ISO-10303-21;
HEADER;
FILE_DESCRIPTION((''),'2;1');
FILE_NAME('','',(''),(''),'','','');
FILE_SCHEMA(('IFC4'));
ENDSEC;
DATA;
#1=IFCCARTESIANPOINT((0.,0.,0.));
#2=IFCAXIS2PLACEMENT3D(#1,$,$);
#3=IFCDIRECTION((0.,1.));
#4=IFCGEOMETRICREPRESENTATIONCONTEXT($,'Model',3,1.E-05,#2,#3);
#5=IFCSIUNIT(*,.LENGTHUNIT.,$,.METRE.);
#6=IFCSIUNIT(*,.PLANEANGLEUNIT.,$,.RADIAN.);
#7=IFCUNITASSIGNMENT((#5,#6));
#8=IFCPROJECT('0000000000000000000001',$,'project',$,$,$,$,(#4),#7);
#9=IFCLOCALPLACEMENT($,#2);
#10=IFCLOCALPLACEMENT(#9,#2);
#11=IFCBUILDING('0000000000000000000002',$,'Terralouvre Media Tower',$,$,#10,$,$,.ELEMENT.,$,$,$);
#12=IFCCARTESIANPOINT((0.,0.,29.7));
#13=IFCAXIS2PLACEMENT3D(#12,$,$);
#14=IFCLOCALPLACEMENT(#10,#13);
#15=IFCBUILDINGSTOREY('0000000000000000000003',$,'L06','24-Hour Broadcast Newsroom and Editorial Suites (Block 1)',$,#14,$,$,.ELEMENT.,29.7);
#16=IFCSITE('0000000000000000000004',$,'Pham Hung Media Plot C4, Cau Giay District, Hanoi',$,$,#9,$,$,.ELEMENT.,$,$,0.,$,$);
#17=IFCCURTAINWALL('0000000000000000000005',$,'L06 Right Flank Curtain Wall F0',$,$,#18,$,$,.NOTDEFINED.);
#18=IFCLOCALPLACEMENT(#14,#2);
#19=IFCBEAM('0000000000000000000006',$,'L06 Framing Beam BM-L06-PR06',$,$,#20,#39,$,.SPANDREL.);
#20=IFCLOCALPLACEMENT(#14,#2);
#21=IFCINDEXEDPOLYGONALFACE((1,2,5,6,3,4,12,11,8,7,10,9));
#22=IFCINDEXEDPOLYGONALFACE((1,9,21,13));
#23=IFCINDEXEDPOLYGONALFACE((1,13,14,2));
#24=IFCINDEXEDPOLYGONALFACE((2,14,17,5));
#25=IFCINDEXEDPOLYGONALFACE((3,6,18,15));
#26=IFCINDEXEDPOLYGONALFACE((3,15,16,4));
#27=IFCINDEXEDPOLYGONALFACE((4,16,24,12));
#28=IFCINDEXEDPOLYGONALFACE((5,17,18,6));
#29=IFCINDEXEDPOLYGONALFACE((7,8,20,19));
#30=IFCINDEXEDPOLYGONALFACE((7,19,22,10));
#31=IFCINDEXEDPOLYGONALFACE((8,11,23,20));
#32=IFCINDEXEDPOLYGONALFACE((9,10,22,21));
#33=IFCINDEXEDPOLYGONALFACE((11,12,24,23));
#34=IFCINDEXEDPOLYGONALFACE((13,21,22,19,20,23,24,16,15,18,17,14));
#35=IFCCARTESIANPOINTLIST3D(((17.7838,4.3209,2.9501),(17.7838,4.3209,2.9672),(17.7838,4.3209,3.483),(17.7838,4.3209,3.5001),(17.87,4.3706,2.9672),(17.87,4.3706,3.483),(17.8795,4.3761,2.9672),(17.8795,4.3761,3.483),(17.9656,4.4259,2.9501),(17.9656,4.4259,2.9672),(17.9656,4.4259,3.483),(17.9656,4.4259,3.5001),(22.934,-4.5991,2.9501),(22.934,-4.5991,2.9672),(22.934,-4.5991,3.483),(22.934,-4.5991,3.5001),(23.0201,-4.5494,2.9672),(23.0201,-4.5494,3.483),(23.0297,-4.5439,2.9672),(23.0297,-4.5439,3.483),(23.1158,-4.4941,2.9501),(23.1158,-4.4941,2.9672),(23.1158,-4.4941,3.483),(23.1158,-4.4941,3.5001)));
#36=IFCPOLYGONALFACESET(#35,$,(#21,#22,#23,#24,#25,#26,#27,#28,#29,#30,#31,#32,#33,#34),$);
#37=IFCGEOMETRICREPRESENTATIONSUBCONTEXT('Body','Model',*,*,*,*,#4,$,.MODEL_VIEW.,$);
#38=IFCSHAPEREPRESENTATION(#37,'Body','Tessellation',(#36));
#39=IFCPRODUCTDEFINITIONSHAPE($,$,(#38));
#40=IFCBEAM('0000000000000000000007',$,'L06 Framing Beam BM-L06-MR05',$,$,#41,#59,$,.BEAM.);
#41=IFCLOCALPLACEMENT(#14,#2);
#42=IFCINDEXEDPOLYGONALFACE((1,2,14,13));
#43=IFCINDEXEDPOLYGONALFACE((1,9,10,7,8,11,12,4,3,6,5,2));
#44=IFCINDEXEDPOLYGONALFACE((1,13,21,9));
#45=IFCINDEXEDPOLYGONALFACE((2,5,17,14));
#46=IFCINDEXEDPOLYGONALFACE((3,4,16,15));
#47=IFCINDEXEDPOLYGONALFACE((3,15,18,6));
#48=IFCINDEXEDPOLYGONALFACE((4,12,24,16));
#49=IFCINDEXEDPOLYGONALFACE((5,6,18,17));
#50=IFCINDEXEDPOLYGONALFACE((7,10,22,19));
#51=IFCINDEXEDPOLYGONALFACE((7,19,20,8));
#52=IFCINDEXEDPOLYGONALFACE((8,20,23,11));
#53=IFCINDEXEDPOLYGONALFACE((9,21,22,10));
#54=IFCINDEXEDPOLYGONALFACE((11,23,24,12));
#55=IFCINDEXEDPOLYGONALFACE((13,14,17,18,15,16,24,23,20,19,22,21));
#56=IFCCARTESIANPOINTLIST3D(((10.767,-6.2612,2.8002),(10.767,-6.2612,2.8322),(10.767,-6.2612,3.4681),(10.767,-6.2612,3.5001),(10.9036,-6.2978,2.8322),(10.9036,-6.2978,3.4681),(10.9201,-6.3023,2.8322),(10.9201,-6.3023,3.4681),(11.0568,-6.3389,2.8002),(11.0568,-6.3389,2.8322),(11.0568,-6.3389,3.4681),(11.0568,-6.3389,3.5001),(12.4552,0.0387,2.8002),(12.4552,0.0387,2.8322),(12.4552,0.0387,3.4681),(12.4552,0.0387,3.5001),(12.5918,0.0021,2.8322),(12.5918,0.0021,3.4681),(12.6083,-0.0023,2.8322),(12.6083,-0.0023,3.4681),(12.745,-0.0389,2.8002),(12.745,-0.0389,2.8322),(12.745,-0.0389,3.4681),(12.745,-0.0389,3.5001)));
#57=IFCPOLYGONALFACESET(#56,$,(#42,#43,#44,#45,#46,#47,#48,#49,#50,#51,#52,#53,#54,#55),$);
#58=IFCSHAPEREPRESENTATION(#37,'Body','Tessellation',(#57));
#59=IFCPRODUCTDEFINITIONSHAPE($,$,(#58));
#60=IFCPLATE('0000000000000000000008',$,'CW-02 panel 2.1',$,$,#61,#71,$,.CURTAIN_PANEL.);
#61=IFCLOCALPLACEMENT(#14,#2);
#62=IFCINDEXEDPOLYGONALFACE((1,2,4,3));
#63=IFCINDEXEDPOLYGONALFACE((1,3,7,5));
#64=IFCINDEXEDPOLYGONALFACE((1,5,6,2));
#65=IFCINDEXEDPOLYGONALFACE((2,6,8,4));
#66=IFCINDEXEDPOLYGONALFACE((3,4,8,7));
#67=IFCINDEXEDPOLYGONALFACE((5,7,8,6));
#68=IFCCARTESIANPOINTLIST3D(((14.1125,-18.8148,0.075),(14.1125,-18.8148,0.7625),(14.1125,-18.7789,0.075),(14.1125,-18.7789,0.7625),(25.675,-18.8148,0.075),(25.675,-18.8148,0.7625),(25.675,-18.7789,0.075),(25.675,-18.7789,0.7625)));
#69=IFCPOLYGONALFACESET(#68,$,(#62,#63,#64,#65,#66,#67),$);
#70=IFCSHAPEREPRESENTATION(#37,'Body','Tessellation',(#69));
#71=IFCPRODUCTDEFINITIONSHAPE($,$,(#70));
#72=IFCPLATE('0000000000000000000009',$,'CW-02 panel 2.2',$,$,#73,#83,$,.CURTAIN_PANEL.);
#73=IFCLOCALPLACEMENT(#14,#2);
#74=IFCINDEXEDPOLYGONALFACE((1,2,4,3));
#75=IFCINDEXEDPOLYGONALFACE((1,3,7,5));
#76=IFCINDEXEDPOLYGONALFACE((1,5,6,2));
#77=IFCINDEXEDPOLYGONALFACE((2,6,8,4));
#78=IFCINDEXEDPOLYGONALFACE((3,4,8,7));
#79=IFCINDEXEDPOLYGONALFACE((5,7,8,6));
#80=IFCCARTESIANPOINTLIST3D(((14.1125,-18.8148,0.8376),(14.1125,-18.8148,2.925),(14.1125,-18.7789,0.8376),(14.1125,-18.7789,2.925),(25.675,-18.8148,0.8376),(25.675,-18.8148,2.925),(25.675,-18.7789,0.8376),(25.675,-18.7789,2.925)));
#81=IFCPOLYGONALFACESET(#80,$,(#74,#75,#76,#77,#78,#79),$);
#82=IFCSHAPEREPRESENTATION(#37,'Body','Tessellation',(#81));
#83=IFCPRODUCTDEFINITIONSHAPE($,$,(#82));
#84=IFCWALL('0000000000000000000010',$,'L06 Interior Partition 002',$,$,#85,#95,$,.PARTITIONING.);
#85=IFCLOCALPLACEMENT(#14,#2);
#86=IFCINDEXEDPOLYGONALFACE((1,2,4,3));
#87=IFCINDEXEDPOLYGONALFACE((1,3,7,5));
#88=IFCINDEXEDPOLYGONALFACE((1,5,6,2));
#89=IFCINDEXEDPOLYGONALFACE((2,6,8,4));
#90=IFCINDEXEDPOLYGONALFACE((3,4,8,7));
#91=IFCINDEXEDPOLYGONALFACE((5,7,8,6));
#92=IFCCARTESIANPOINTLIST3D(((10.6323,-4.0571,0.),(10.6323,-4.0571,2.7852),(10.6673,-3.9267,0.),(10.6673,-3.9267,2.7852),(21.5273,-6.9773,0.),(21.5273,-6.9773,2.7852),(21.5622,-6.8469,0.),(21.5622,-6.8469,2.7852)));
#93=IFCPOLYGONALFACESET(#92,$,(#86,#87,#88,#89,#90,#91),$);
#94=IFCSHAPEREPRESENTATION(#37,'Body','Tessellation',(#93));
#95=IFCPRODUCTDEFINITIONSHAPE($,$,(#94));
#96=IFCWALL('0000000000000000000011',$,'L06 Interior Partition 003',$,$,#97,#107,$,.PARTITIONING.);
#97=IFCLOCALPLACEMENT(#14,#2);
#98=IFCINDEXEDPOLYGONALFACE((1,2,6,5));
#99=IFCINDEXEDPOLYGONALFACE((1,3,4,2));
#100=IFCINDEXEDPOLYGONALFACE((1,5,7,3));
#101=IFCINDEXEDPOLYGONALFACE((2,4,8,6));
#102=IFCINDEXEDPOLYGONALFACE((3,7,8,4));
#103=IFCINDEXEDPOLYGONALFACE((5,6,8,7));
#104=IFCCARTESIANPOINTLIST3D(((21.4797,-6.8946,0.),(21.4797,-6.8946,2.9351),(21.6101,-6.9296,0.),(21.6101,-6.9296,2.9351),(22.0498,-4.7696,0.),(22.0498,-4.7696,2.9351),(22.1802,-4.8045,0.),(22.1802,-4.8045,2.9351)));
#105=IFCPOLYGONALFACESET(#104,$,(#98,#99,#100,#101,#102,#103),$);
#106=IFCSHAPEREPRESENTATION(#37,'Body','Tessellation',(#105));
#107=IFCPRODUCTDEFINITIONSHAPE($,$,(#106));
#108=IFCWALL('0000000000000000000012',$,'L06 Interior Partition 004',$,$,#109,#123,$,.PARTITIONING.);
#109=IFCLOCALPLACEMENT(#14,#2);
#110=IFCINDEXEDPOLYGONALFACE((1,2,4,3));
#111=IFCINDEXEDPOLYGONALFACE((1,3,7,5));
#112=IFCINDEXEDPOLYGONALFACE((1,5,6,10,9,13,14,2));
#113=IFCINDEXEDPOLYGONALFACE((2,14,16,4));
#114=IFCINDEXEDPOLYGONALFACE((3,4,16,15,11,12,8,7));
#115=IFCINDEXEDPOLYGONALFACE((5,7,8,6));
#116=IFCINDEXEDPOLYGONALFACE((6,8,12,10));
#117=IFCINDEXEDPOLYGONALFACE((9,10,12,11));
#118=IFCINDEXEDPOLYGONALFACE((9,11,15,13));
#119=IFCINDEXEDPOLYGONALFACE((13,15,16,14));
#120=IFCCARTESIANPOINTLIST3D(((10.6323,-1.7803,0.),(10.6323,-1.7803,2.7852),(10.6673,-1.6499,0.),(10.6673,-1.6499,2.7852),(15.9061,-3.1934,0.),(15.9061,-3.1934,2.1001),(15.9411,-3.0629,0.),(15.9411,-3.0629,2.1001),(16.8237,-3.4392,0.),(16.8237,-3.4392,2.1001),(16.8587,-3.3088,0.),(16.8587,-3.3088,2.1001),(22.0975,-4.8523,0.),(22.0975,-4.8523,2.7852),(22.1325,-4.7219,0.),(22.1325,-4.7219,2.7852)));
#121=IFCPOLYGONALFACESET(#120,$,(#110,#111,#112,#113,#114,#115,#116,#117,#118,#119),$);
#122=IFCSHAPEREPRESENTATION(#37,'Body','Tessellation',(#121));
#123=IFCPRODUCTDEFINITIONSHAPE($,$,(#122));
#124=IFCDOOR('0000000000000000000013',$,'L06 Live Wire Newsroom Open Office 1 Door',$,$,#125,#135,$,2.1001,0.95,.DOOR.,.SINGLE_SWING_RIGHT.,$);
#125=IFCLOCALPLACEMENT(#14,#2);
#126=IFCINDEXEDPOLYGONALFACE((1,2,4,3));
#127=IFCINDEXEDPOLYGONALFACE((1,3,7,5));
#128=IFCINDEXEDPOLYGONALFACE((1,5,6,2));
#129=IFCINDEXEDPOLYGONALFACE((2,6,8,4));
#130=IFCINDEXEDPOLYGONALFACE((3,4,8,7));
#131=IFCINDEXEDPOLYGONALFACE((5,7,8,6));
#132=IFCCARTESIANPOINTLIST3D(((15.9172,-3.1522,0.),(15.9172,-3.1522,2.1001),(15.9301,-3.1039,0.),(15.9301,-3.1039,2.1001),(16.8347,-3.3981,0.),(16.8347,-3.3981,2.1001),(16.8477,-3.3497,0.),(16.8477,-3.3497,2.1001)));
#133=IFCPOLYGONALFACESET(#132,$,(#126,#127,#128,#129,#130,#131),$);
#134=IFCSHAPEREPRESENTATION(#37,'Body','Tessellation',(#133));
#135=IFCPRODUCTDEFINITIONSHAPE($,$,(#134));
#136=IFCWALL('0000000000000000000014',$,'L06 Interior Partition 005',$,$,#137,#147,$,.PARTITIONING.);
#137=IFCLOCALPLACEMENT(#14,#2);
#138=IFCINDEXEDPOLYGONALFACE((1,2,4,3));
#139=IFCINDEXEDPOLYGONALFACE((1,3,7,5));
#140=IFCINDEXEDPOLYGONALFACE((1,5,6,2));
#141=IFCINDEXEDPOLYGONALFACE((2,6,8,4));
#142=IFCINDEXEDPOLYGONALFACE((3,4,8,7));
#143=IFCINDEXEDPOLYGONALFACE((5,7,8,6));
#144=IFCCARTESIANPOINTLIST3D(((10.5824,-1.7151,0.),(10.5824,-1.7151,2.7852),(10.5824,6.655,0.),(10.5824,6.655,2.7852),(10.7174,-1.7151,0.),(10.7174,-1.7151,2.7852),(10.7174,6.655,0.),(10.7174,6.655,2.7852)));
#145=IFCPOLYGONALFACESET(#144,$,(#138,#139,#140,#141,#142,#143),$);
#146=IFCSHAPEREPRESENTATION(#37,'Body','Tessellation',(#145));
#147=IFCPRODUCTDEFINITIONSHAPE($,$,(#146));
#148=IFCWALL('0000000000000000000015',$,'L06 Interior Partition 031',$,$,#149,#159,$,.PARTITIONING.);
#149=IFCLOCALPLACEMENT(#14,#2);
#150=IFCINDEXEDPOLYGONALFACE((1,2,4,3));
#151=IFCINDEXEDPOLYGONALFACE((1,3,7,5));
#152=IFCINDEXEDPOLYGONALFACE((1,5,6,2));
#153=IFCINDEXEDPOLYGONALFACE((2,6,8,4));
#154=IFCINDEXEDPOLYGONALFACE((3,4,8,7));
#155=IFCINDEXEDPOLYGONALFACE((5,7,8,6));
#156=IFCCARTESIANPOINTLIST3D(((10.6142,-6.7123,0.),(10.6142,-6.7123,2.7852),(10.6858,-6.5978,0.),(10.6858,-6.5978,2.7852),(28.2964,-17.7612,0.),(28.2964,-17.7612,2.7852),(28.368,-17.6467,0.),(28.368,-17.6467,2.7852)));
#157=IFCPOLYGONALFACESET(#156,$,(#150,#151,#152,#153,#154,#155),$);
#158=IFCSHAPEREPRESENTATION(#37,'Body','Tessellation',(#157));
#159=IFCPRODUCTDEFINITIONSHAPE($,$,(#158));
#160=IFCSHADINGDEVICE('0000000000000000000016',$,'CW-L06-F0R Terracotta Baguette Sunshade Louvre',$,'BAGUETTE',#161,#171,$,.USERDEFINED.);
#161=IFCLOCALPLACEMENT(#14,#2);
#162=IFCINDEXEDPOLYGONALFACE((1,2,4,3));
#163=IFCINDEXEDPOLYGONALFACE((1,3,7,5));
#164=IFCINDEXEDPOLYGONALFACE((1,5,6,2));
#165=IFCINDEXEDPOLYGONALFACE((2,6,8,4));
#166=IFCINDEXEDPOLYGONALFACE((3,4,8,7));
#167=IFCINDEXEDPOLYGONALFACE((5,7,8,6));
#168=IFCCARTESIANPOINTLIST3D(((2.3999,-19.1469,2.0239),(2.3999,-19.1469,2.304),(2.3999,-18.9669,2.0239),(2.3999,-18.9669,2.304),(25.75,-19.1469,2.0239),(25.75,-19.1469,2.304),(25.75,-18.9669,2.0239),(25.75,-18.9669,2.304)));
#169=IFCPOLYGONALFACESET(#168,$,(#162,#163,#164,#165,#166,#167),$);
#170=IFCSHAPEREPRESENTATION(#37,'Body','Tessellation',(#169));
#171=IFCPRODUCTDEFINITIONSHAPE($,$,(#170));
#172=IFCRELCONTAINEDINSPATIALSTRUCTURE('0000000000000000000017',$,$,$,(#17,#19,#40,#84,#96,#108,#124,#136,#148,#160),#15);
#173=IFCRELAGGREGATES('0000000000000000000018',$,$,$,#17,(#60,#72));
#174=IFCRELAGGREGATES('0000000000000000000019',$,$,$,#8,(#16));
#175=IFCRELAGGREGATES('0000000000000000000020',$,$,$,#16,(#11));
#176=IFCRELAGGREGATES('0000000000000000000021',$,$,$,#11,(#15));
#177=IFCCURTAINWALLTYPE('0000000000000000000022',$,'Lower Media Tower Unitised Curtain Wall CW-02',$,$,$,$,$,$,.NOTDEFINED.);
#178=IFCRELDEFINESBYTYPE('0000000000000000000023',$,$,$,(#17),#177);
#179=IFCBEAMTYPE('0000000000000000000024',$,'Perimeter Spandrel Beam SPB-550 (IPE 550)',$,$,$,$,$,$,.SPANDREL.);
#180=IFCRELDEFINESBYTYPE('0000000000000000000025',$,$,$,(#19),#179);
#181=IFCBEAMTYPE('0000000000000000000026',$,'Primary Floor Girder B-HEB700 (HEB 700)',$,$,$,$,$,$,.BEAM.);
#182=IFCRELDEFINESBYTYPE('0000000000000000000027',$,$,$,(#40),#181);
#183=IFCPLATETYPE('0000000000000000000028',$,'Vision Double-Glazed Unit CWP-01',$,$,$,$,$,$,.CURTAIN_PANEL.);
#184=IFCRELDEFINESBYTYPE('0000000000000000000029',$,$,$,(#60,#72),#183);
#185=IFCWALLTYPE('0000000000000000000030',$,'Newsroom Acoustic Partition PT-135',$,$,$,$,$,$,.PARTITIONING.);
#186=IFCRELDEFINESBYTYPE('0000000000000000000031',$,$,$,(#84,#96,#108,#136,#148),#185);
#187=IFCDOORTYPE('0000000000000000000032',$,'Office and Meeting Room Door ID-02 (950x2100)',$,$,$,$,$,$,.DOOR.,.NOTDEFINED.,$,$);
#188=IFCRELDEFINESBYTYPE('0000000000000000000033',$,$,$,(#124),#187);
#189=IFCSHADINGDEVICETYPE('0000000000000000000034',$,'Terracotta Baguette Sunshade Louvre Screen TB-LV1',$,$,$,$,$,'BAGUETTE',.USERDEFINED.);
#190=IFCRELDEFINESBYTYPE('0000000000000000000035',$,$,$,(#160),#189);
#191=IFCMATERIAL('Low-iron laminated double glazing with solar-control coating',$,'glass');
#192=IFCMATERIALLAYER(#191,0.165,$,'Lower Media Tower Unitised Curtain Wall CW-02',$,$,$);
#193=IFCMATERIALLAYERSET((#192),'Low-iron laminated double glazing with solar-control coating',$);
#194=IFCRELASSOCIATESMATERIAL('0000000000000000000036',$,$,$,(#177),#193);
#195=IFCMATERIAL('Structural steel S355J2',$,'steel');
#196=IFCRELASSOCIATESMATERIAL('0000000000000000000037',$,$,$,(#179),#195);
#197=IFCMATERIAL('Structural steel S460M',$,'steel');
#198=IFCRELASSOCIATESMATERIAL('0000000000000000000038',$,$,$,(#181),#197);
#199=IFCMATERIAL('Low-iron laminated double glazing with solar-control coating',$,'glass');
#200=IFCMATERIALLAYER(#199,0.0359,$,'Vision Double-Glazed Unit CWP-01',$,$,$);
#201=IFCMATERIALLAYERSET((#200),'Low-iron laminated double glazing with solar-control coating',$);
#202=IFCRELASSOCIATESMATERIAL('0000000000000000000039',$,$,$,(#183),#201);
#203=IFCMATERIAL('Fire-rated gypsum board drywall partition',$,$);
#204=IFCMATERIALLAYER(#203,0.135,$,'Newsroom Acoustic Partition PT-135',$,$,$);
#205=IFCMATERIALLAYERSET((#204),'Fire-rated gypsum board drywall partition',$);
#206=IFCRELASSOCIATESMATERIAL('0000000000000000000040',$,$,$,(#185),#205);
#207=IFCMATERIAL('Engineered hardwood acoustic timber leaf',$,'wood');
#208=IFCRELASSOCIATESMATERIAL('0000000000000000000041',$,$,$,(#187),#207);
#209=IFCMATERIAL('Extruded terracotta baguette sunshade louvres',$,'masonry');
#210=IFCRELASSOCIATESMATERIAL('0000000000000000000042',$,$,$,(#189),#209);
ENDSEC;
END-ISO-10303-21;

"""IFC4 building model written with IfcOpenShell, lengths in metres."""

from ifc_helpers import new_model, si_unit, direction, frame, frame_2d, origin, origin_2d, place, context, subcontext, project, spatial, rectangle, i_section, extrude, material, layer, layer_set, material_profile, profile_set, type_object, element, fill, aggregate, save


model = new_model("IFC4")

# Units and contexts
model_context = context("Model", 3, precision=1e-05, world=origin(), true_north=direction((0.0, 1.0)))
body_context = subcontext(model_context, "Body", "Model", "MODEL_VIEW")
ifc_project = project(units=[si_unit("LENGTHUNIT", "METRE"), si_unit("PLANEANGLEUNIT", "RADIAN")], contexts=[model_context])

# Site, building, storey
site_placement = place(None, origin())
site = spatial("IfcSite", under=ifc_project, at=site_placement, Name="Pham Hung Media Plot C4, Cau Giay District, Hanoi", CompositionType="ELEMENT", RefElevation=0.0)
building_placement = place(site_placement, origin())
building = spatial("IfcBuilding", under=site, at=building_placement, Name="Terralouvre Media Tower", CompositionType="ELEMENT")
storey_placement = place(building_placement, frame((0.0, 0.0, 29.7)))
storey = spatial("IfcBuildingStorey", under=building, at=storey_placement, Name="L06", Description="24-Hour Broadcast Newsroom and Editorial Suites (Block 1)", CompositionType="ELEMENT", Elevation=29.7)

# Curtain wall
ifc_material_1 = material(Name="Low-iron laminated double glazing with solar-control coating", Category="glass")
ifc_layer_1 = layer(ifc_material_1, 0.165, Name="Lower Media Tower Unitised Curtain Wall CW-02")
ifc_layer_set_1 = layer_set([ifc_layer_1], Name="Low-iron laminated double glazing with solar-control coating")
curtain_wall_type = type_object("IfcCurtainWallType", Name="Lower Media Tower Unitised Curtain Wall CW-02", PredefinedType="NOTDEFINED", material=ifc_layer_set_1)
curtain_wall_1_placement = place(storey_placement, origin())
curtain_wall_1 = element("IfcCurtainWall", 1, at=curtain_wall_1_placement, inside=storey, type_object=curtain_wall_type, Name="L06 Right Flank Curtain Wall F0", PredefinedType="NOTDEFINED")

# Beams
ifc_material_2 = material(Name="Structural steel S355J2", Category="steel")
ifc_material_profile_1 = material_profile(ifc_material_2, i_section(OverallWidth=0.21, OverallDepth=0.55, WebThickness=0.011, FlangeThickness=0.0171, at=origin_2d()), Name="IPE 550")
ifc_profile_set_1 = profile_set([ifc_material_profile_1], Name="Structural steel S355J2")
beam_type_1 = type_object("IfcBeamType", Name="Perimeter Spandrel Beam SPB-550 (IPE 550)", PredefinedType="SPANDREL", material=ifc_profile_set_1)
beam_1_placement = place(storey_placement, frame((23.0249, -4.5466, 3.2251), z_axis=(-0.500017, 0.866016, 0.0), x_axis=(-0.866016, -0.500017, 0.0)))
element("IfcBeam", 2, at=beam_1_placement, inside=storey, type_object=beam_type_1, Name="L06 Framing Beam BM-L06-PR06", PredefinedType="SPANDREL", context=body_context, shape_type="SweptSolid", body=[
    extrude(i_section(OverallWidth=0.21, OverallDepth=0.55, WebThickness=0.011, FlangeThickness=0.0171, at=origin_2d()), origin(), (0.0, 0.0, 1.0), 10.3),
])
ifc_material_3 = material(Name="Structural steel S460M", Category="steel")
ifc_material_profile_2 = material_profile(ifc_material_3, i_section(OverallWidth=0.3, OverallDepth=0.7, WebThickness=0.0171, FlangeThickness=0.032, at=origin_2d()), Name="HEB 700")
ifc_profile_set_2 = profile_set([ifc_material_profile_2], Name="Structural steel S460M")
beam_type_2 = type_object("IfcBeamType", Name="Primary Floor Girder B-HEB700 (HEB 700)", PredefinedType="BEAM", material=ifc_profile_set_2)
beam_2_placement = place(storey_placement, frame((10.9119, -6.3, 3.1501), z_axis=(0.258839, 0.96592, 0.0), x_axis=(-0.96592, 0.258839, 0.0)))
element("IfcBeam", 3, at=beam_2_placement, inside=storey, type_object=beam_type_2, Name="L06 Framing Beam BM-L06-MR05", PredefinedType="BEAM", context=body_context, shape_type="SweptSolid", body=[
    extrude(i_section(OverallWidth=0.3, OverallDepth=0.7, WebThickness=0.0171, FlangeThickness=0.032, at=origin_2d()), origin(), (0.0, 0.0, 1.0), 6.5222),
])

# Plates
ifc_material_4 = material(Name="Low-iron laminated double glazing with solar-control coating", Category="glass")
ifc_layer_2 = layer(ifc_material_4, 0.0359, Name="Vision Double-Glazed Unit CWP-01")
ifc_layer_set_2 = layer_set([ifc_layer_2], Name="Low-iron laminated double glazing with solar-control coating")
plate_type = type_object("IfcPlateType", Name="Vision Double-Glazed Unit CWP-01", PredefinedType="CURTAIN_PANEL", material=ifc_layer_set_2)
plate_1_placement = place(storey_placement, frame((19.8938, -18.7969, 0.075), z_axis=(0.0, 0.0, 1.0), x_axis=(1.0, 0.0, 0.0)))
plate_1 = element("IfcPlate", 4, at=plate_1_placement, type_object=plate_type, Name="CW-02 panel 2.1", PredefinedType="CURTAIN_PANEL", context=body_context, shape_type="SweptSolid", body=[
    extrude(rectangle(XDim=11.5625, YDim=0.0359, at=origin_2d()), origin(), (0.0, 0.0, 1.0), 0.6875),
])
plate_2_placement = place(storey_placement, frame((19.8938, -18.7969, 0.8376), z_axis=(0.0, 0.0, 1.0), x_axis=(1.0, 0.0, 0.0)))
plate_2 = element("IfcPlate", 5, at=plate_2_placement, type_object=plate_type, Name="CW-02 panel 2.2", PredefinedType="CURTAIN_PANEL", context=body_context, shape_type="SweptSolid", body=[
    extrude(rectangle(XDim=11.5625, YDim=0.0359, at=origin_2d()), origin(), (0.0, 0.0, 1.0), 2.0874),
])
aggregate(curtain_wall_1, [plate_1, plate_2])

# Walls
ifc_material_5 = material(Name="Fire-rated gypsum board drywall partition")
ifc_layer_3 = layer(ifc_material_5, 0.135, Name="Newsroom Acoustic Partition PT-135")
ifc_layer_set_3 = layer_set([ifc_layer_3], Name="Fire-rated gypsum board drywall partition")
wall_type = type_object("IfcWallType", Name="Newsroom Acoustic Partition PT-135", PredefinedType="PARTITIONING", material=ifc_layer_set_3)
wall_1_placement = place(storey_placement, frame((10.6499, -3.9919, 0.0), z_axis=(0.0, 0.0, 1.0), x_axis=(0.965907, -0.25889, 0.0)))
element("IfcWall", 6, at=wall_1_placement, inside=storey, type_object=wall_type, Name="L06 Interior Partition 002", PredefinedType="PARTITIONING", context=body_context, shape_type="SweptSolid", body=[
    extrude(rectangle(XDim=11.2795, YDim=0.135, at=frame_2d((5.6396, 0.0))), origin(), (0.0, 0.0, 1.0), 2.7852),
])
wall_2_placement = place(storey_placement, frame((21.5449, -6.9121, 0.0), z_axis=(0.0, 0.0, 1.0), x_axis=(0.259106, 0.965849, 0.0)))
element("IfcWall", 7, at=wall_2_placement, inside=storey, type_object=wall_type, Name="L06 Interior Partition 003", PredefinedType="PARTITIONING", context=body_context, shape_type="SweptSolid", body=[
    extrude(rectangle(XDim=2.2002, YDim=0.135, at=frame_2d((1.1001, 0.0))), origin(), (0.0, 0.0, 1.0), 2.9351),
])

# Wall, opening, door
wall_3_placement = place(storey_placement, frame((22.115, -4.7871, 0.0), z_axis=(0.0, 0.0, 1.0), x_axis=(-0.965927, 0.258816, 0.0)))
wall_3 = element("IfcWall", 8, at=wall_3_placement, inside=storey, type_object=wall_type, Name="L06 Interior Partition 004", PredefinedType="PARTITIONING", context=body_context, shape_type="SweptSolid", body=[
    extrude(rectangle(XDim=11.8696, YDim=0.135, at=frame_2d((5.9348, 0.0))), origin(), (0.0, 0.0, 1.0), 2.7852),
])
opening_placement = place(wall_3_placement, frame((5.4597, 0.0, 0.0)))
opening = element("IfcOpeningElement", 9, at=opening_placement, cuts=wall_3, PredefinedType="OPENING", context=body_context, shape_type="SweptSolid", body=[
    extrude(rectangle(XDim=0.95, YDim=2.1001, at=frame_2d((0.4751, 1.05))), frame((0.0, 0.0774, 0.0), z_axis=(0.0, -1.0, 0.0), x_axis=(1.0, 0.0, 0.0)), (0.0, 0.0, 1.0), 0.155),
])
ifc_material_6 = material(Name="Engineered hardwood acoustic timber leaf", Category="wood")
door_type = type_object("IfcDoorType", Name="Office and Meeting Room Door ID-02 (950x2100)", OperationType="NOTDEFINED", PredefinedType="DOOR", material=ifc_material_6)
door_placement = place(opening_placement, origin())
door = element("IfcDoor", 10, at=door_placement, inside=storey, type_object=door_type, Name="L06 Live Wire Newsroom Open Office 1 Door", OperationType="SINGLE_SWING_RIGHT", OverallHeight=2.1001, OverallWidth=0.95, PredefinedType="DOOR", context=body_context, shape_type="SweptSolid", body=[
    extrude(rectangle(XDim=0.95, YDim=2.1001, at=frame_2d((0.4751, 1.05))), frame((0.0, 0.0249, 0.0), z_axis=(0.0, -1.0, 0.0), x_axis=(1.0, 0.0, 0.0)), (0.0, 0.0, 1.0), 0.05),
])
fill(opening, door)

# Walls
wall_4_placement = place(storey_placement, frame((10.6499, -1.7151, 0.0), z_axis=(0.0, 0.0, 1.0), x_axis=(0.0, 1.0, 0.0)))
element("IfcWall", 11, at=wall_4_placement, inside=storey, type_object=wall_type, Name="L06 Interior Partition 005", PredefinedType="PARTITIONING", context=body_context, shape_type="SweptSolid", body=[
    extrude(rectangle(XDim=8.3701, YDim=0.135, at=frame_2d((4.1851, 0.0))), origin(), (0.0, 0.0, 1.0), 2.7852),
])
wall_5_placement = place(storey_placement, frame((10.6499, -6.655, 0.0), z_axis=(0.0, 0.0, 1.0), x_axis=(0.848052, -0.529913, 0.0)))
element("IfcWall", 12, at=wall_5_placement, inside=storey, type_object=wall_type, Name="L06 Interior Partition 031", PredefinedType="PARTITIONING", context=body_context, shape_type="SweptSolid", body=[
    extrude(rectangle(XDim=20.8503, YDim=0.135, at=frame_2d((10.4253, 0.0))), origin(), (0.0, 0.0, 1.0), 2.7852),
])

# Shading device
ifc_material_7 = material(Name="Extruded terracotta baguette sunshade louvres", Category="masonry")
shading_device_type = type_object("IfcShadingDeviceType", Name="Terracotta Baguette Sunshade Louvre Screen TB-LV1", ElementType="BAGUETTE", PredefinedType="USERDEFINED", material=ifc_material_7)
shading_device_placement = place(storey_placement, frame((14.075, -19.0569, 2.0239), z_axis=(0.0, 0.0, 1.0), x_axis=(1.0, 0.0, 0.0)))
element("IfcShadingDevice", 13, at=shading_device_placement, inside=storey, type_object=shading_device_type, Name="CW-L06-F0R Terracotta Baguette Sunshade Louvre", ObjectType="BAGUETTE", PredefinedType="USERDEFINED", context=body_context, shape_type="SweptSolid", body=[
    extrude(rectangle(XDim=23.3501, YDim=0.1799, at=origin_2d()), origin(), (0.0, 0.0, 1.0), 0.28),
])

save(model, "model.ifc")
